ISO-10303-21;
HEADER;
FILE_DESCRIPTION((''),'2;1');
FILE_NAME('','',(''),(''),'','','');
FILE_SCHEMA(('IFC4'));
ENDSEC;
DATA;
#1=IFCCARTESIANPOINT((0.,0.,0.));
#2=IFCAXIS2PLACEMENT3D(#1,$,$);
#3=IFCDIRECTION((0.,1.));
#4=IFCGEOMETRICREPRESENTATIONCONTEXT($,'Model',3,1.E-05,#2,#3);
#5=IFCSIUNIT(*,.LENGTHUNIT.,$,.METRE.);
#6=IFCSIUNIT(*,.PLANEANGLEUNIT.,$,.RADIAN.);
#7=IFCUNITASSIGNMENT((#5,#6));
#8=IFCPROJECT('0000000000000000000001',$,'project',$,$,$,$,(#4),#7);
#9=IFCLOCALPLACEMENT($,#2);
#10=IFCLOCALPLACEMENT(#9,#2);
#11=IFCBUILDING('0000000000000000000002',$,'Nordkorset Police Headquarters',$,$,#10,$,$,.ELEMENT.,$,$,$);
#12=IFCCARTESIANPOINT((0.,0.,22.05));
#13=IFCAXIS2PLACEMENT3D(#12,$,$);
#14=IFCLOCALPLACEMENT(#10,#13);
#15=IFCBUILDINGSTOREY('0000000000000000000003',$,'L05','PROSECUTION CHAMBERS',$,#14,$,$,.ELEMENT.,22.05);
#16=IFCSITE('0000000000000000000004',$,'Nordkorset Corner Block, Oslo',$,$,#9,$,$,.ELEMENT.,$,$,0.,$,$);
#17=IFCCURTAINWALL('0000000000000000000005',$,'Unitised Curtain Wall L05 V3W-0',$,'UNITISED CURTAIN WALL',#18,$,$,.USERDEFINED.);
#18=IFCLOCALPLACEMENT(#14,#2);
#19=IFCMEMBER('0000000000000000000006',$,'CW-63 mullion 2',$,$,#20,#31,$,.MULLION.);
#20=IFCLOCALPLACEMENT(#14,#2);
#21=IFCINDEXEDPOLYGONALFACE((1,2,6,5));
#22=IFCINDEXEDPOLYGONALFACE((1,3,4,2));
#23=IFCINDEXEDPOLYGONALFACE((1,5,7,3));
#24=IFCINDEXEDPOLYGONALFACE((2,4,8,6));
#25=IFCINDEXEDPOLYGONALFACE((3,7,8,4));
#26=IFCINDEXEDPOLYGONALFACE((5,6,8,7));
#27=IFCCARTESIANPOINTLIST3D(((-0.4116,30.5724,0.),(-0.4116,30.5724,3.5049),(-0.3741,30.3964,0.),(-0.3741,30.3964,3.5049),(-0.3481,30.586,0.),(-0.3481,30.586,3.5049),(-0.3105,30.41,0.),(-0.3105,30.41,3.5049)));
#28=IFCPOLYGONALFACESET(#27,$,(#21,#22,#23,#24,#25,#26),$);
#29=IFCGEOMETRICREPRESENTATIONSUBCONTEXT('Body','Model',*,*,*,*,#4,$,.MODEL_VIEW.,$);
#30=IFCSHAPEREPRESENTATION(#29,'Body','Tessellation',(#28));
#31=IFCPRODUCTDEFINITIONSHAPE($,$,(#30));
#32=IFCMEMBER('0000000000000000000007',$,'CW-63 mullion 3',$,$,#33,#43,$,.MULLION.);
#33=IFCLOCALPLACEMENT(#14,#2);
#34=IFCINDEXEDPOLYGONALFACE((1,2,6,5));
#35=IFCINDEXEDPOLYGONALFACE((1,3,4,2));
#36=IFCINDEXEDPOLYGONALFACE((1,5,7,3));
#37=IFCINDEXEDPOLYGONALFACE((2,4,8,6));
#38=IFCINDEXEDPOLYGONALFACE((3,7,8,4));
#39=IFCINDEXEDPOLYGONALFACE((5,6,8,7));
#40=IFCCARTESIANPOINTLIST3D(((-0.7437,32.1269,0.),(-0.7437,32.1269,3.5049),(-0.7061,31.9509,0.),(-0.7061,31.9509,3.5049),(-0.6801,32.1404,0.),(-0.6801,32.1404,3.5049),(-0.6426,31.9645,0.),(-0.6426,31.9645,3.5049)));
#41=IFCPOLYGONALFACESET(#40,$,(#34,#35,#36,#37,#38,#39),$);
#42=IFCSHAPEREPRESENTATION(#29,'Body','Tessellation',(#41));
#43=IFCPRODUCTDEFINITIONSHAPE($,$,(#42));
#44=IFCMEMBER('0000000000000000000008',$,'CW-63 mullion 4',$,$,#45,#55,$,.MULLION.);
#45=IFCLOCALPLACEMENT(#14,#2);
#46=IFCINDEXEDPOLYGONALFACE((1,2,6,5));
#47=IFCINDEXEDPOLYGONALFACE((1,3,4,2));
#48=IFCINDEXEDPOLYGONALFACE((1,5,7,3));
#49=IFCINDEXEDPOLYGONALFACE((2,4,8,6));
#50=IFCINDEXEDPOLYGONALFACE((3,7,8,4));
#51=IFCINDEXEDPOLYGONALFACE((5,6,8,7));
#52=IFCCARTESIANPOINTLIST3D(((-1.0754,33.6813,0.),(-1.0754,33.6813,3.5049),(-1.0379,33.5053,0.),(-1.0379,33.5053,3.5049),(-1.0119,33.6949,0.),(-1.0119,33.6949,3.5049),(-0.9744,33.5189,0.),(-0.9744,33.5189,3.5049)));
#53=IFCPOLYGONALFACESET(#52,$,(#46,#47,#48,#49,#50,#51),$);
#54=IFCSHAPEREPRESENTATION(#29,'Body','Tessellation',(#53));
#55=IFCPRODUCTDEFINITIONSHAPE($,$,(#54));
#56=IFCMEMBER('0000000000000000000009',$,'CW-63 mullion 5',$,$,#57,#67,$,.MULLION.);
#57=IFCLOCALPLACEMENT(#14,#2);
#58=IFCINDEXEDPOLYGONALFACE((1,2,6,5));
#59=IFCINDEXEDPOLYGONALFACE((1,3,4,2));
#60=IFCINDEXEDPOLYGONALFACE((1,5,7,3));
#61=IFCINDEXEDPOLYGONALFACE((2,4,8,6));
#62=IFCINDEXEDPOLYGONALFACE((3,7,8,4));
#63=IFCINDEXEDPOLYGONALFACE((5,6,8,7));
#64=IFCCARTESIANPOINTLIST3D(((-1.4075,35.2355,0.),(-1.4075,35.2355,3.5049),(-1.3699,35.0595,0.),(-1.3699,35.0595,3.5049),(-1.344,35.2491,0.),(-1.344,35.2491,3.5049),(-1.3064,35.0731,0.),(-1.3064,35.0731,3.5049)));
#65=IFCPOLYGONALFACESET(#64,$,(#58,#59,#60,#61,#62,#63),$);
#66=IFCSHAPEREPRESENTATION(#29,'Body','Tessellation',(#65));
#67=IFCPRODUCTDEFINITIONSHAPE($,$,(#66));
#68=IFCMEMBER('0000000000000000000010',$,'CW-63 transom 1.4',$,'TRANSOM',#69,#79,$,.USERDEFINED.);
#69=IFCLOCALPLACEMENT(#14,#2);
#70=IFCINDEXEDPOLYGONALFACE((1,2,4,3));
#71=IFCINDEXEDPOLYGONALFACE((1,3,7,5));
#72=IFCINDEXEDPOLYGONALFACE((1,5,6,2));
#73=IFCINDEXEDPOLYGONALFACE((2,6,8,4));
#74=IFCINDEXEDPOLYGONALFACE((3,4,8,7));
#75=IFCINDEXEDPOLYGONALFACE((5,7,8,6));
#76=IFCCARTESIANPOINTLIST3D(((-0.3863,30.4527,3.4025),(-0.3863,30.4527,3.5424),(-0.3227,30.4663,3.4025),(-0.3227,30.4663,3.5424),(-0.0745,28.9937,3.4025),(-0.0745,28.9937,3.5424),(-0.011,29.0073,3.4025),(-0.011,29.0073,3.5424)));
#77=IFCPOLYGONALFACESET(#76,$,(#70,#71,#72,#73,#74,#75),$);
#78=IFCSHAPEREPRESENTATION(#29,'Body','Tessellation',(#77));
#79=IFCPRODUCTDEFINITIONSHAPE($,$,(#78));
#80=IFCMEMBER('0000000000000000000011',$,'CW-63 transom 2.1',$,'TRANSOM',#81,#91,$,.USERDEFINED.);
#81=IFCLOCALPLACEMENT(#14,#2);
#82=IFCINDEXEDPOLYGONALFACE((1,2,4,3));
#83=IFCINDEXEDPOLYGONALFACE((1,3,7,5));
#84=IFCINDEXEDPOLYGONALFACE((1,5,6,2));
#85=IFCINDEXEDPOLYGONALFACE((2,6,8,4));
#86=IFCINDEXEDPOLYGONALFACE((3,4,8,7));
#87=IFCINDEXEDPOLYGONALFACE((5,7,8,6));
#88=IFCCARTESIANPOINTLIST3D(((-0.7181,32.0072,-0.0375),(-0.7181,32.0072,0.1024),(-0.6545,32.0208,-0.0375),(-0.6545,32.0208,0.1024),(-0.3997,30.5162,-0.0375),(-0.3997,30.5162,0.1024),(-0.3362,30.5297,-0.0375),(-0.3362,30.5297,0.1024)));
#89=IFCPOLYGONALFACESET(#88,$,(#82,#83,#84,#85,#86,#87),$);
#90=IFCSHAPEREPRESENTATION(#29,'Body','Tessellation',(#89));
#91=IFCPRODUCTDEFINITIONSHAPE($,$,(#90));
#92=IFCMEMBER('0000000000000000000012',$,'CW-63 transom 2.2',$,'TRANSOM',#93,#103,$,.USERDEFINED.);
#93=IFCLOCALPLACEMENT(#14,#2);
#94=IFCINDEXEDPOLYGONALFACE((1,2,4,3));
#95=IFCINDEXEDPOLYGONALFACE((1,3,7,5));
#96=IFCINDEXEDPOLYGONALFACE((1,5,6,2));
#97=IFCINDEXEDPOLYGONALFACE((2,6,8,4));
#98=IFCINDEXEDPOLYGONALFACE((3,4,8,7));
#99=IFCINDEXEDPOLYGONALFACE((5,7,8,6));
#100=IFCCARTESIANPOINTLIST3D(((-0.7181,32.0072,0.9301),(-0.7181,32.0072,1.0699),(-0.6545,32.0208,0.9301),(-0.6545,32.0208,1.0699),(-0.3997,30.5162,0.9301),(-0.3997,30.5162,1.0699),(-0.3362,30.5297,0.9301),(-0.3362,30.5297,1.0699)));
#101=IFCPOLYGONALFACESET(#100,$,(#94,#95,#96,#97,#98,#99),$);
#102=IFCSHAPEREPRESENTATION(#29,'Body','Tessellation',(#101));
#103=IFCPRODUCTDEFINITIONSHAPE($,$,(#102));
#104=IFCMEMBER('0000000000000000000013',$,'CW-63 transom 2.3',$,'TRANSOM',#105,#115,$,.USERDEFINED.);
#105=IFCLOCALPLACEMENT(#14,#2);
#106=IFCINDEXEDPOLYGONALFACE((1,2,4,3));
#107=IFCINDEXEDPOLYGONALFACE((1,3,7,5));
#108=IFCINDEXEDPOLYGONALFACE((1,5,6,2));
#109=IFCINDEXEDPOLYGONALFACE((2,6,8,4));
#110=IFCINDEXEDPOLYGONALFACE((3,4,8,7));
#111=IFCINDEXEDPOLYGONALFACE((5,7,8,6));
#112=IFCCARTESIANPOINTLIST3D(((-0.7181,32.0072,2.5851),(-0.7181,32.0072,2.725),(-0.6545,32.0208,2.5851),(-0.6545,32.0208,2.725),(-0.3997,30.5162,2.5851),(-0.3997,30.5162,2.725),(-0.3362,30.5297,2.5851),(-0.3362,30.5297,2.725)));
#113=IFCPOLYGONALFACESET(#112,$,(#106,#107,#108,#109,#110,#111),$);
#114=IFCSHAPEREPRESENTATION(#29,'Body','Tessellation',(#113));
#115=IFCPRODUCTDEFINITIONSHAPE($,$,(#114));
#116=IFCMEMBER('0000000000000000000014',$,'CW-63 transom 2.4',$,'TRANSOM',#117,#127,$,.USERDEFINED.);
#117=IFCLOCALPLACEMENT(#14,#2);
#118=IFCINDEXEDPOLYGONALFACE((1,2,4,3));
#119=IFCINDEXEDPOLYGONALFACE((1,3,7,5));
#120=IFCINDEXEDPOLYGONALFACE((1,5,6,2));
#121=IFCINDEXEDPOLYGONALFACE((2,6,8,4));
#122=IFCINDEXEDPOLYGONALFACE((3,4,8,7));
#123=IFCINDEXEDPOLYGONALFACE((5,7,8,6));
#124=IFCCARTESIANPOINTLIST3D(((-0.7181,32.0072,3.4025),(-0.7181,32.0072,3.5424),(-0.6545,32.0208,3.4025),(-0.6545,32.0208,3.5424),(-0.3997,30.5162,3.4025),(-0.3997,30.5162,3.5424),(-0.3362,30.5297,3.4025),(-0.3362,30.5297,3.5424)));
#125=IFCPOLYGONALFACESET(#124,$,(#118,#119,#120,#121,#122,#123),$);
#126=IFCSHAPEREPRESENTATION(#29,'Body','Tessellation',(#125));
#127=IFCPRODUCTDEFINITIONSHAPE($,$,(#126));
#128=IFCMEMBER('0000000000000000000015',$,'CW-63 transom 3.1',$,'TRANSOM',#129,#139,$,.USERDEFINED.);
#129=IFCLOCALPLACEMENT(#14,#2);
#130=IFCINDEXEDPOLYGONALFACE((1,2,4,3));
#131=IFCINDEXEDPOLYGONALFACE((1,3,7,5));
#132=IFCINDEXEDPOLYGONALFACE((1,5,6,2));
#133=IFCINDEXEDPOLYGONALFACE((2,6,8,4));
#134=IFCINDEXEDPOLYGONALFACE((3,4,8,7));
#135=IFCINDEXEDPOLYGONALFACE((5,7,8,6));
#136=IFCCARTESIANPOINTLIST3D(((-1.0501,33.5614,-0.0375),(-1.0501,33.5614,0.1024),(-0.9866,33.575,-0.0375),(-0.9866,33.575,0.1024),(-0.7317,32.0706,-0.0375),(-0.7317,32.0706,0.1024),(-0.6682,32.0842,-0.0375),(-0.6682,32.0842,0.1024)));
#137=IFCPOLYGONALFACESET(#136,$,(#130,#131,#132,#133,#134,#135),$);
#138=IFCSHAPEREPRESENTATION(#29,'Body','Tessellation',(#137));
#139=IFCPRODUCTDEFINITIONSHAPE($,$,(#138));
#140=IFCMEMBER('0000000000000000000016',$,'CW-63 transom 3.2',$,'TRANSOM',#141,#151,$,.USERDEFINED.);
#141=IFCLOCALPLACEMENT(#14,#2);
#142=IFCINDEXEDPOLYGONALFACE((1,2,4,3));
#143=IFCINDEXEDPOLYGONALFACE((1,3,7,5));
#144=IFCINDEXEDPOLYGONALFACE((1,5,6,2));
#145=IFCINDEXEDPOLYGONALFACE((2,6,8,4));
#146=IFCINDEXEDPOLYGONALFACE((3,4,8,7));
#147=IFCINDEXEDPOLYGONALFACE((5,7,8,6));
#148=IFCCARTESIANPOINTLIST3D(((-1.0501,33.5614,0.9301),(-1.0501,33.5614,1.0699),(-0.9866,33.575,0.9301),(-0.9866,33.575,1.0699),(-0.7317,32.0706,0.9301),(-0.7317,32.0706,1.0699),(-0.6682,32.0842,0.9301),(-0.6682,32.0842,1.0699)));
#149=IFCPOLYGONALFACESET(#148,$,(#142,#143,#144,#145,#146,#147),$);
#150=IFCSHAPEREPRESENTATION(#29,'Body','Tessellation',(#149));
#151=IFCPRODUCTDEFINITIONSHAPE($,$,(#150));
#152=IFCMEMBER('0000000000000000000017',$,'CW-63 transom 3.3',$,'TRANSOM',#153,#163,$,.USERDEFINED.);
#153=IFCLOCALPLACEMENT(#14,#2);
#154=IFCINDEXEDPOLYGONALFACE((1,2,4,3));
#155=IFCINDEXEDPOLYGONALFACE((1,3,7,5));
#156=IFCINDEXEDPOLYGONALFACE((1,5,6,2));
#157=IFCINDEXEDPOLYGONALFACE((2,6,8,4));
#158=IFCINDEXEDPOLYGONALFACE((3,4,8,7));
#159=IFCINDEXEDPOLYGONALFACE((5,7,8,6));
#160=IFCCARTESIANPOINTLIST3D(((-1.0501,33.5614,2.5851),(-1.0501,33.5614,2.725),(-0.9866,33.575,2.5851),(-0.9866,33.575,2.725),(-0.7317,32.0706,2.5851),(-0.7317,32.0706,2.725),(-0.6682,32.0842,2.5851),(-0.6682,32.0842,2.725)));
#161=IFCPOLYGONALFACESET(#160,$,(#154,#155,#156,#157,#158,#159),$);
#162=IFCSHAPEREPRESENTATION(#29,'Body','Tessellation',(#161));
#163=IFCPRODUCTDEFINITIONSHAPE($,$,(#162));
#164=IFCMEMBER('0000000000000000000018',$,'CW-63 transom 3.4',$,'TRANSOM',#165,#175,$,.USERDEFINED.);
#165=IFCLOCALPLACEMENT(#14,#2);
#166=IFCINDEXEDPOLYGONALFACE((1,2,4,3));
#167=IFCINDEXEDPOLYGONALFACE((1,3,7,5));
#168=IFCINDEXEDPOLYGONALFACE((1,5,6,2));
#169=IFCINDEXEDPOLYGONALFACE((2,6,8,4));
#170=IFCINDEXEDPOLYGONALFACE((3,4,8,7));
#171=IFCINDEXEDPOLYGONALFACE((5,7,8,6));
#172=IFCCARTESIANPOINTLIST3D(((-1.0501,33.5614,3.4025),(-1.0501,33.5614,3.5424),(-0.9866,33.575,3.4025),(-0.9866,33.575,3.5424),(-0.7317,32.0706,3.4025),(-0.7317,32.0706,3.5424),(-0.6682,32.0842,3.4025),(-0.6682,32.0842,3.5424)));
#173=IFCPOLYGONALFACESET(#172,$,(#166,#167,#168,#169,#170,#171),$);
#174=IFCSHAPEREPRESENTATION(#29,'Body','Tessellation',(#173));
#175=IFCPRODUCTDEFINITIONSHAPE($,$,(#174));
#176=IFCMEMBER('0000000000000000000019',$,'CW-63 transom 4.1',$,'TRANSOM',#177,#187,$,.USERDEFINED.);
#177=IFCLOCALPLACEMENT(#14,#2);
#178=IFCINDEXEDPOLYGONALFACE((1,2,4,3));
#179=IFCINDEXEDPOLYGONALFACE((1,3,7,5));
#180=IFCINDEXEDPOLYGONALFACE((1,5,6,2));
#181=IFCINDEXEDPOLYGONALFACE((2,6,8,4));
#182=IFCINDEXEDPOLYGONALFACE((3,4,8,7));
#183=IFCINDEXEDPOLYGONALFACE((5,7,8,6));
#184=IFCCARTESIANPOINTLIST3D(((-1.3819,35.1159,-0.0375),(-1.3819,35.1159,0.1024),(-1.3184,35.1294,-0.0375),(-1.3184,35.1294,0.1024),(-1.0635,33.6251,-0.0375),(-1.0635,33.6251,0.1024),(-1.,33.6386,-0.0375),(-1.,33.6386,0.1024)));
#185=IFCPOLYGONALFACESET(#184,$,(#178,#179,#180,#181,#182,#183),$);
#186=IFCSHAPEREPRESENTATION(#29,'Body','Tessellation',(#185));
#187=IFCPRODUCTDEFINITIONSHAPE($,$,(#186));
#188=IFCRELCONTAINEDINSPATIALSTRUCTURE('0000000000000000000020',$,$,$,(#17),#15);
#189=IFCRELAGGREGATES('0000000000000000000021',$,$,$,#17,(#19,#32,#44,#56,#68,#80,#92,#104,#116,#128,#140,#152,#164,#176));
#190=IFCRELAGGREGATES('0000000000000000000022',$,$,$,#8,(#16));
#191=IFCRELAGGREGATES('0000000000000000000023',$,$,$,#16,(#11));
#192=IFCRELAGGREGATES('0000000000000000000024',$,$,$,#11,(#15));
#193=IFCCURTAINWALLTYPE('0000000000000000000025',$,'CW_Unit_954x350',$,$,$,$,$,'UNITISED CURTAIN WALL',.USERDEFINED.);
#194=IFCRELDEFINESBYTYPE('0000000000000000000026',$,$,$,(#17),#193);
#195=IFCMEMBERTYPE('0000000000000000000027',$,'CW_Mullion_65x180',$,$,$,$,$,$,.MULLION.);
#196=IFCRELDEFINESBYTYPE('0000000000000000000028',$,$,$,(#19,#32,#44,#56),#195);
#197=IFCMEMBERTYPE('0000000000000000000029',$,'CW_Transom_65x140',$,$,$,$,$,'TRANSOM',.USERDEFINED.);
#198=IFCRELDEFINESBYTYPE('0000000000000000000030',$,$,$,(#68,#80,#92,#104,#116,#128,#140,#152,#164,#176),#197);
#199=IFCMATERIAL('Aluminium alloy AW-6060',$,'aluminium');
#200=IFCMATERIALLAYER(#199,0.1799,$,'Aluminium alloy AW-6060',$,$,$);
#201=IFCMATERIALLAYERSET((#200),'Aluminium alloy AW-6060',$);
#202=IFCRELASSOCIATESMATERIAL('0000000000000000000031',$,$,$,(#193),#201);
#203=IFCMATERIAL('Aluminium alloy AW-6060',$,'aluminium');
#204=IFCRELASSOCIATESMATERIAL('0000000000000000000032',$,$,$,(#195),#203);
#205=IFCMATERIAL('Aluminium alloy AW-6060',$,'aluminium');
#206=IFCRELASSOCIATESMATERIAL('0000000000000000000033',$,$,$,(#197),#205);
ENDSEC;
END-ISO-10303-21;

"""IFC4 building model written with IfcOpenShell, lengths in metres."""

from ifc_helpers import new_model, si_unit, direction, frame, origin, origin_2d, place, context, subcontext, project, spatial, rectangle, extrude, material, layer, layer_set, material_profile, profile_set, type_object, element, aggregate, save


model = new_model("IFC4")

# Units and contexts
model_context = context("Model", 3, precision=1e-05, world=origin(), true_north=direction((0.0, 1.0)))
body_context = subcontext(model_context, "Body", "Model", "MODEL_VIEW")
ifc_project = project(units=[si_unit("LENGTHUNIT", "METRE"), si_unit("PLANEANGLEUNIT", "RADIAN")], contexts=[model_context])

# Site, building, storey
site_placement = place(None, origin())
site = spatial("IfcSite", under=ifc_project, at=site_placement, Name="Nordkorset Corner Block, Oslo", CompositionType="ELEMENT", RefElevation=0.0)
building_placement = place(site_placement, origin())
building = spatial("IfcBuilding", under=site, at=building_placement, Name="Nordkorset Police Headquarters", CompositionType="ELEMENT")
storey_placement = place(building_placement, frame((0.0, 0.0, 22.05)))
storey = spatial("IfcBuildingStorey", under=building, at=storey_placement, Name="L05", Description="PROSECUTION CHAMBERS", CompositionType="ELEMENT", Elevation=22.05)

# Curtain wall, members
ifc_material_1 = material(Name="Aluminium alloy AW-6060", Category="aluminium")
ifc_layer_1 = layer(ifc_material_1, 0.1799, Name="Aluminium alloy AW-6060")
ifc_layer_set_1 = layer_set([ifc_layer_1], Name="Aluminium alloy AW-6060")
curtain_wall_type = type_object("IfcCurtainWallType", Name="CW_Unit_954x350", ElementType="UNITISED CURTAIN WALL", PredefinedType="USERDEFINED", material=ifc_layer_set_1)
curtain_wall_placement = place(storey_placement, origin())
curtain_wall = element("IfcCurtainWall", 1, at=curtain_wall_placement, inside=storey, type_object=curtain_wall_type, Name="Unitised Curtain Wall L05 V3W-0", ObjectType="UNITISED CURTAIN WALL", PredefinedType="USERDEFINED")
ifc_material_2 = material(Name="Aluminium alloy AW-6060", Category="aluminium")
ifc_material_profile_1 = material_profile(ifc_material_2, rectangle(XDim=0.0649, YDim=0.1799, at=origin_2d()), Name="ALU MULL 65x180")
ifc_profile_set_1 = profile_set([ifc_material_profile_1], Name="Aluminium alloy AW-6060")
member_type_1 = type_object("IfcMemberType", Name="CW_Mullion_65x180", PredefinedType="MULLION", material=ifc_profile_set_1)
member_1_placement = place(storey_placement, frame((-0.3611, 30.4912, 0.0), z_axis=(0.0, 0.0, 1.0), x_axis=(-0.977951, -0.208833, 0.0)))
member_1 = element("IfcMember", 2, at=member_1_placement, type_object=member_type_1, Name="CW-63 mullion 2", PredefinedType="MULLION", context=body_context, shape_type="SweptSolid", body=[
    extrude(rectangle(XDim=0.0649, YDim=0.1799, at=origin_2d()), origin(), (0.0, 0.0, 1.0), 3.5049),
])
member_2_placement = place(storey_placement, frame((-0.6931, 32.0457, 0.0), z_axis=(0.0, 0.0, 1.0), x_axis=(-0.977951, -0.208833, 0.0)))
member_2 = element("IfcMember", 3, at=member_2_placement, type_object=member_type_1, Name="CW-63 mullion 3", PredefinedType="MULLION", context=body_context, shape_type="SweptSolid", body=[
    extrude(rectangle(XDim=0.0649, YDim=0.1799, at=origin_2d()), origin(), (0.0, 0.0, 1.0), 3.5049),
])
member_3_placement = place(storey_placement, frame((-1.0249, 33.6001, 0.0), z_axis=(0.0, 0.0, 1.0), x_axis=(-0.977951, -0.208833, 0.0)))
member_3 = element("IfcMember", 4, at=member_3_placement, type_object=member_type_1, Name="CW-63 mullion 4", PredefinedType="MULLION", context=body_context, shape_type="SweptSolid", body=[
    extrude(rectangle(XDim=0.0649, YDim=0.1799, at=origin_2d()), origin(), (0.0, 0.0, 1.0), 3.5049),
])
member_4_placement = place(storey_placement, frame((-1.3569, 35.1543, 0.0), z_axis=(0.0, 0.0, 1.0), x_axis=(-0.977951, -0.208833, 0.0)))
member_4 = element("IfcMember", 5, at=member_4_placement, type_object=member_type_1, Name="CW-63 mullion 5", PredefinedType="MULLION", context=body_context, shape_type="SweptSolid", body=[
    extrude(rectangle(XDim=0.0649, YDim=0.1799, at=origin_2d()), origin(), (0.0, 0.0, 1.0), 3.5049),
])
ifc_material_3 = material(Name="Aluminium alloy AW-6060", Category="aluminium")
ifc_material_profile_2 = material_profile(ifc_material_3, rectangle(XDim=0.0649, YDim=0.1399, at=origin_2d()), Name="ALU TRAN 65x140")
ifc_profile_set_2 = profile_set([ifc_material_profile_2], Name="Aluminium alloy AW-6060")
member_type_2 = type_object("IfcMemberType", Name="CW_Transom_65x140", ElementType="TRANSOM", PredefinedType="USERDEFINED", material=ifc_profile_set_2)
member_5_placement = place(storey_placement, frame((-0.0427, 29.0005, 3.4724), z_axis=(-0.20897, 0.977922, 0.0), x_axis=(-0.977922, -0.20897, 0.0)))
member_5 = element("IfcMember", 6, at=member_5_placement, type_object=member_type_2, Name="CW-63 transom 1.4", ObjectType="TRANSOM", PredefinedType="USERDEFINED", context=body_context, shape_type="SweptSolid", body=[
    extrude(rectangle(XDim=0.0649, YDim=0.1399, at=origin_2d()), origin(), (0.0, 0.0, 1.0), 1.4919),
])
member_6_placement = place(storey_placement, frame((-0.3679, 30.5229, 0.0325), z_axis=(-0.208818, 0.977954, 0.0), x_axis=(-0.977954, -0.208818, 0.0)))
member_6 = element("IfcMember", 7, at=member_6_placement, type_object=member_type_2, Name="CW-63 transom 2.1", ObjectType="TRANSOM", PredefinedType="USERDEFINED", context=body_context, shape_type="SweptSolid", body=[
    extrude(rectangle(XDim=0.0649, YDim=0.1399, at=origin_2d()), origin(), (0.0, 0.0, 1.0), 1.5247),
])
member_7_placement = place(storey_placement, frame((-0.3679, 30.5229, 1.0), z_axis=(-0.208818, 0.977954, 0.0), x_axis=(-0.977954, -0.208818, 0.0)))
member_7 = element("IfcMember", 8, at=member_7_placement, type_object=member_type_2, Name="CW-63 transom 2.2", ObjectType="TRANSOM", PredefinedType="USERDEFINED", context=body_context, shape_type="SweptSolid", body=[
    extrude(rectangle(XDim=0.0649, YDim=0.1399, at=origin_2d()), origin(), (0.0, 0.0, 1.0), 1.5247),
])
member_8_placement = place(storey_placement, frame((-0.3679, 30.5229, 2.655), z_axis=(-0.208818, 0.977954, 0.0), x_axis=(-0.977954, -0.208818, 0.0)))
member_8 = element("IfcMember", 9, at=member_8_placement, type_object=member_type_2, Name="CW-63 transom 2.3", ObjectType="TRANSOM", PredefinedType="USERDEFINED", context=body_context, shape_type="SweptSolid", body=[
    extrude(rectangle(XDim=0.0649, YDim=0.1399, at=origin_2d()), origin(), (0.0, 0.0, 1.0), 1.5247),
])
member_9_placement = place(storey_placement, frame((-0.3679, 30.5229, 3.4724), z_axis=(-0.208818, 0.977954, 0.0), x_axis=(-0.977954, -0.208818, 0.0)))
member_9 = element("IfcMember", 10, at=member_9_placement, type_object=member_type_2, Name="CW-63 transom 2.4", ObjectType="TRANSOM", PredefinedType="USERDEFINED", context=body_context, shape_type="SweptSolid", body=[
    extrude(rectangle(XDim=0.0649, YDim=0.1399, at=origin_2d()), origin(), (0.0, 0.0, 1.0), 1.5247),
])
member_10_placement = place(storey_placement, frame((-0.7, 32.0774, 0.0325), z_axis=(-0.208851, 0.977947, 0.0), x_axis=(-0.977947, -0.208851, 0.0)))
member_10 = element("IfcMember", 11, at=member_10_placement, type_object=member_type_2, Name="CW-63 transom 3.1", ObjectType="TRANSOM", PredefinedType="USERDEFINED", context=body_context, shape_type="SweptSolid", body=[
    extrude(rectangle(XDim=0.0649, YDim=0.1399, at=origin_2d()), origin(), (0.0, 0.0, 1.0), 1.5244),
])
member_11_placement = place(storey_placement, frame((-0.7, 32.0774, 1.0), z_axis=(-0.208851, 0.977947, 0.0), x_axis=(-0.977947, -0.208851, 0.0)))
member_11 = element("IfcMember", 12, at=member_11_placement, type_object=member_type_2, Name="CW-63 transom 3.2", ObjectType="TRANSOM", PredefinedType="USERDEFINED", context=body_context, shape_type="SweptSolid", body=[
    extrude(rectangle(XDim=0.0649, YDim=0.1399, at=origin_2d()), origin(), (0.0, 0.0, 1.0), 1.5244),
])
member_12_placement = place(storey_placement, frame((-0.7, 32.0774, 2.655), z_axis=(-0.208851, 0.977947, 0.0), x_axis=(-0.977947, -0.208851, 0.0)))
member_12 = element("IfcMember", 13, at=member_12_placement, type_object=member_type_2, Name="CW-63 transom 3.3", ObjectType="TRANSOM", PredefinedType="USERDEFINED", context=body_context, shape_type="SweptSolid", body=[
    extrude(rectangle(XDim=0.0649, YDim=0.1399, at=origin_2d()), origin(), (0.0, 0.0, 1.0), 1.5244),
])
member_13_placement = place(storey_placement, frame((-0.7, 32.0774, 3.4724), z_axis=(-0.208851, 0.977947, 0.0), x_axis=(-0.977947, -0.208851, 0.0)))
member_13 = element("IfcMember", 14, at=member_13_placement, type_object=member_type_2, Name="CW-63 transom 3.4", ObjectType="TRANSOM", PredefinedType="USERDEFINED", context=body_context, shape_type="SweptSolid", body=[
    extrude(rectangle(XDim=0.0649, YDim=0.1399, at=origin_2d()), origin(), (0.0, 0.0, 1.0), 1.5244),
])
member_14_placement = place(storey_placement, frame((-1.0317, 33.6318, 0.0325), z_axis=(-0.208851, 0.977947, 0.0), x_axis=(-0.977947, -0.208851, 0.0)))
member_14 = element("IfcMember", 15, at=member_14_placement, type_object=member_type_2, Name="CW-63 transom 4.1", ObjectType="TRANSOM", PredefinedType="USERDEFINED", context=body_context, shape_type="SweptSolid", body=[
    extrude(rectangle(XDim=0.0649, YDim=0.1399, at=origin_2d()), origin(), (0.0, 0.0, 1.0), 1.5244),
])
aggregate(curtain_wall, [member_1, member_2, member_3, member_4, member_5, member_6, member_7, member_8, member_9, member_10, member_11, member_12, member_13, member_14])

save(model, "model.ifc")
